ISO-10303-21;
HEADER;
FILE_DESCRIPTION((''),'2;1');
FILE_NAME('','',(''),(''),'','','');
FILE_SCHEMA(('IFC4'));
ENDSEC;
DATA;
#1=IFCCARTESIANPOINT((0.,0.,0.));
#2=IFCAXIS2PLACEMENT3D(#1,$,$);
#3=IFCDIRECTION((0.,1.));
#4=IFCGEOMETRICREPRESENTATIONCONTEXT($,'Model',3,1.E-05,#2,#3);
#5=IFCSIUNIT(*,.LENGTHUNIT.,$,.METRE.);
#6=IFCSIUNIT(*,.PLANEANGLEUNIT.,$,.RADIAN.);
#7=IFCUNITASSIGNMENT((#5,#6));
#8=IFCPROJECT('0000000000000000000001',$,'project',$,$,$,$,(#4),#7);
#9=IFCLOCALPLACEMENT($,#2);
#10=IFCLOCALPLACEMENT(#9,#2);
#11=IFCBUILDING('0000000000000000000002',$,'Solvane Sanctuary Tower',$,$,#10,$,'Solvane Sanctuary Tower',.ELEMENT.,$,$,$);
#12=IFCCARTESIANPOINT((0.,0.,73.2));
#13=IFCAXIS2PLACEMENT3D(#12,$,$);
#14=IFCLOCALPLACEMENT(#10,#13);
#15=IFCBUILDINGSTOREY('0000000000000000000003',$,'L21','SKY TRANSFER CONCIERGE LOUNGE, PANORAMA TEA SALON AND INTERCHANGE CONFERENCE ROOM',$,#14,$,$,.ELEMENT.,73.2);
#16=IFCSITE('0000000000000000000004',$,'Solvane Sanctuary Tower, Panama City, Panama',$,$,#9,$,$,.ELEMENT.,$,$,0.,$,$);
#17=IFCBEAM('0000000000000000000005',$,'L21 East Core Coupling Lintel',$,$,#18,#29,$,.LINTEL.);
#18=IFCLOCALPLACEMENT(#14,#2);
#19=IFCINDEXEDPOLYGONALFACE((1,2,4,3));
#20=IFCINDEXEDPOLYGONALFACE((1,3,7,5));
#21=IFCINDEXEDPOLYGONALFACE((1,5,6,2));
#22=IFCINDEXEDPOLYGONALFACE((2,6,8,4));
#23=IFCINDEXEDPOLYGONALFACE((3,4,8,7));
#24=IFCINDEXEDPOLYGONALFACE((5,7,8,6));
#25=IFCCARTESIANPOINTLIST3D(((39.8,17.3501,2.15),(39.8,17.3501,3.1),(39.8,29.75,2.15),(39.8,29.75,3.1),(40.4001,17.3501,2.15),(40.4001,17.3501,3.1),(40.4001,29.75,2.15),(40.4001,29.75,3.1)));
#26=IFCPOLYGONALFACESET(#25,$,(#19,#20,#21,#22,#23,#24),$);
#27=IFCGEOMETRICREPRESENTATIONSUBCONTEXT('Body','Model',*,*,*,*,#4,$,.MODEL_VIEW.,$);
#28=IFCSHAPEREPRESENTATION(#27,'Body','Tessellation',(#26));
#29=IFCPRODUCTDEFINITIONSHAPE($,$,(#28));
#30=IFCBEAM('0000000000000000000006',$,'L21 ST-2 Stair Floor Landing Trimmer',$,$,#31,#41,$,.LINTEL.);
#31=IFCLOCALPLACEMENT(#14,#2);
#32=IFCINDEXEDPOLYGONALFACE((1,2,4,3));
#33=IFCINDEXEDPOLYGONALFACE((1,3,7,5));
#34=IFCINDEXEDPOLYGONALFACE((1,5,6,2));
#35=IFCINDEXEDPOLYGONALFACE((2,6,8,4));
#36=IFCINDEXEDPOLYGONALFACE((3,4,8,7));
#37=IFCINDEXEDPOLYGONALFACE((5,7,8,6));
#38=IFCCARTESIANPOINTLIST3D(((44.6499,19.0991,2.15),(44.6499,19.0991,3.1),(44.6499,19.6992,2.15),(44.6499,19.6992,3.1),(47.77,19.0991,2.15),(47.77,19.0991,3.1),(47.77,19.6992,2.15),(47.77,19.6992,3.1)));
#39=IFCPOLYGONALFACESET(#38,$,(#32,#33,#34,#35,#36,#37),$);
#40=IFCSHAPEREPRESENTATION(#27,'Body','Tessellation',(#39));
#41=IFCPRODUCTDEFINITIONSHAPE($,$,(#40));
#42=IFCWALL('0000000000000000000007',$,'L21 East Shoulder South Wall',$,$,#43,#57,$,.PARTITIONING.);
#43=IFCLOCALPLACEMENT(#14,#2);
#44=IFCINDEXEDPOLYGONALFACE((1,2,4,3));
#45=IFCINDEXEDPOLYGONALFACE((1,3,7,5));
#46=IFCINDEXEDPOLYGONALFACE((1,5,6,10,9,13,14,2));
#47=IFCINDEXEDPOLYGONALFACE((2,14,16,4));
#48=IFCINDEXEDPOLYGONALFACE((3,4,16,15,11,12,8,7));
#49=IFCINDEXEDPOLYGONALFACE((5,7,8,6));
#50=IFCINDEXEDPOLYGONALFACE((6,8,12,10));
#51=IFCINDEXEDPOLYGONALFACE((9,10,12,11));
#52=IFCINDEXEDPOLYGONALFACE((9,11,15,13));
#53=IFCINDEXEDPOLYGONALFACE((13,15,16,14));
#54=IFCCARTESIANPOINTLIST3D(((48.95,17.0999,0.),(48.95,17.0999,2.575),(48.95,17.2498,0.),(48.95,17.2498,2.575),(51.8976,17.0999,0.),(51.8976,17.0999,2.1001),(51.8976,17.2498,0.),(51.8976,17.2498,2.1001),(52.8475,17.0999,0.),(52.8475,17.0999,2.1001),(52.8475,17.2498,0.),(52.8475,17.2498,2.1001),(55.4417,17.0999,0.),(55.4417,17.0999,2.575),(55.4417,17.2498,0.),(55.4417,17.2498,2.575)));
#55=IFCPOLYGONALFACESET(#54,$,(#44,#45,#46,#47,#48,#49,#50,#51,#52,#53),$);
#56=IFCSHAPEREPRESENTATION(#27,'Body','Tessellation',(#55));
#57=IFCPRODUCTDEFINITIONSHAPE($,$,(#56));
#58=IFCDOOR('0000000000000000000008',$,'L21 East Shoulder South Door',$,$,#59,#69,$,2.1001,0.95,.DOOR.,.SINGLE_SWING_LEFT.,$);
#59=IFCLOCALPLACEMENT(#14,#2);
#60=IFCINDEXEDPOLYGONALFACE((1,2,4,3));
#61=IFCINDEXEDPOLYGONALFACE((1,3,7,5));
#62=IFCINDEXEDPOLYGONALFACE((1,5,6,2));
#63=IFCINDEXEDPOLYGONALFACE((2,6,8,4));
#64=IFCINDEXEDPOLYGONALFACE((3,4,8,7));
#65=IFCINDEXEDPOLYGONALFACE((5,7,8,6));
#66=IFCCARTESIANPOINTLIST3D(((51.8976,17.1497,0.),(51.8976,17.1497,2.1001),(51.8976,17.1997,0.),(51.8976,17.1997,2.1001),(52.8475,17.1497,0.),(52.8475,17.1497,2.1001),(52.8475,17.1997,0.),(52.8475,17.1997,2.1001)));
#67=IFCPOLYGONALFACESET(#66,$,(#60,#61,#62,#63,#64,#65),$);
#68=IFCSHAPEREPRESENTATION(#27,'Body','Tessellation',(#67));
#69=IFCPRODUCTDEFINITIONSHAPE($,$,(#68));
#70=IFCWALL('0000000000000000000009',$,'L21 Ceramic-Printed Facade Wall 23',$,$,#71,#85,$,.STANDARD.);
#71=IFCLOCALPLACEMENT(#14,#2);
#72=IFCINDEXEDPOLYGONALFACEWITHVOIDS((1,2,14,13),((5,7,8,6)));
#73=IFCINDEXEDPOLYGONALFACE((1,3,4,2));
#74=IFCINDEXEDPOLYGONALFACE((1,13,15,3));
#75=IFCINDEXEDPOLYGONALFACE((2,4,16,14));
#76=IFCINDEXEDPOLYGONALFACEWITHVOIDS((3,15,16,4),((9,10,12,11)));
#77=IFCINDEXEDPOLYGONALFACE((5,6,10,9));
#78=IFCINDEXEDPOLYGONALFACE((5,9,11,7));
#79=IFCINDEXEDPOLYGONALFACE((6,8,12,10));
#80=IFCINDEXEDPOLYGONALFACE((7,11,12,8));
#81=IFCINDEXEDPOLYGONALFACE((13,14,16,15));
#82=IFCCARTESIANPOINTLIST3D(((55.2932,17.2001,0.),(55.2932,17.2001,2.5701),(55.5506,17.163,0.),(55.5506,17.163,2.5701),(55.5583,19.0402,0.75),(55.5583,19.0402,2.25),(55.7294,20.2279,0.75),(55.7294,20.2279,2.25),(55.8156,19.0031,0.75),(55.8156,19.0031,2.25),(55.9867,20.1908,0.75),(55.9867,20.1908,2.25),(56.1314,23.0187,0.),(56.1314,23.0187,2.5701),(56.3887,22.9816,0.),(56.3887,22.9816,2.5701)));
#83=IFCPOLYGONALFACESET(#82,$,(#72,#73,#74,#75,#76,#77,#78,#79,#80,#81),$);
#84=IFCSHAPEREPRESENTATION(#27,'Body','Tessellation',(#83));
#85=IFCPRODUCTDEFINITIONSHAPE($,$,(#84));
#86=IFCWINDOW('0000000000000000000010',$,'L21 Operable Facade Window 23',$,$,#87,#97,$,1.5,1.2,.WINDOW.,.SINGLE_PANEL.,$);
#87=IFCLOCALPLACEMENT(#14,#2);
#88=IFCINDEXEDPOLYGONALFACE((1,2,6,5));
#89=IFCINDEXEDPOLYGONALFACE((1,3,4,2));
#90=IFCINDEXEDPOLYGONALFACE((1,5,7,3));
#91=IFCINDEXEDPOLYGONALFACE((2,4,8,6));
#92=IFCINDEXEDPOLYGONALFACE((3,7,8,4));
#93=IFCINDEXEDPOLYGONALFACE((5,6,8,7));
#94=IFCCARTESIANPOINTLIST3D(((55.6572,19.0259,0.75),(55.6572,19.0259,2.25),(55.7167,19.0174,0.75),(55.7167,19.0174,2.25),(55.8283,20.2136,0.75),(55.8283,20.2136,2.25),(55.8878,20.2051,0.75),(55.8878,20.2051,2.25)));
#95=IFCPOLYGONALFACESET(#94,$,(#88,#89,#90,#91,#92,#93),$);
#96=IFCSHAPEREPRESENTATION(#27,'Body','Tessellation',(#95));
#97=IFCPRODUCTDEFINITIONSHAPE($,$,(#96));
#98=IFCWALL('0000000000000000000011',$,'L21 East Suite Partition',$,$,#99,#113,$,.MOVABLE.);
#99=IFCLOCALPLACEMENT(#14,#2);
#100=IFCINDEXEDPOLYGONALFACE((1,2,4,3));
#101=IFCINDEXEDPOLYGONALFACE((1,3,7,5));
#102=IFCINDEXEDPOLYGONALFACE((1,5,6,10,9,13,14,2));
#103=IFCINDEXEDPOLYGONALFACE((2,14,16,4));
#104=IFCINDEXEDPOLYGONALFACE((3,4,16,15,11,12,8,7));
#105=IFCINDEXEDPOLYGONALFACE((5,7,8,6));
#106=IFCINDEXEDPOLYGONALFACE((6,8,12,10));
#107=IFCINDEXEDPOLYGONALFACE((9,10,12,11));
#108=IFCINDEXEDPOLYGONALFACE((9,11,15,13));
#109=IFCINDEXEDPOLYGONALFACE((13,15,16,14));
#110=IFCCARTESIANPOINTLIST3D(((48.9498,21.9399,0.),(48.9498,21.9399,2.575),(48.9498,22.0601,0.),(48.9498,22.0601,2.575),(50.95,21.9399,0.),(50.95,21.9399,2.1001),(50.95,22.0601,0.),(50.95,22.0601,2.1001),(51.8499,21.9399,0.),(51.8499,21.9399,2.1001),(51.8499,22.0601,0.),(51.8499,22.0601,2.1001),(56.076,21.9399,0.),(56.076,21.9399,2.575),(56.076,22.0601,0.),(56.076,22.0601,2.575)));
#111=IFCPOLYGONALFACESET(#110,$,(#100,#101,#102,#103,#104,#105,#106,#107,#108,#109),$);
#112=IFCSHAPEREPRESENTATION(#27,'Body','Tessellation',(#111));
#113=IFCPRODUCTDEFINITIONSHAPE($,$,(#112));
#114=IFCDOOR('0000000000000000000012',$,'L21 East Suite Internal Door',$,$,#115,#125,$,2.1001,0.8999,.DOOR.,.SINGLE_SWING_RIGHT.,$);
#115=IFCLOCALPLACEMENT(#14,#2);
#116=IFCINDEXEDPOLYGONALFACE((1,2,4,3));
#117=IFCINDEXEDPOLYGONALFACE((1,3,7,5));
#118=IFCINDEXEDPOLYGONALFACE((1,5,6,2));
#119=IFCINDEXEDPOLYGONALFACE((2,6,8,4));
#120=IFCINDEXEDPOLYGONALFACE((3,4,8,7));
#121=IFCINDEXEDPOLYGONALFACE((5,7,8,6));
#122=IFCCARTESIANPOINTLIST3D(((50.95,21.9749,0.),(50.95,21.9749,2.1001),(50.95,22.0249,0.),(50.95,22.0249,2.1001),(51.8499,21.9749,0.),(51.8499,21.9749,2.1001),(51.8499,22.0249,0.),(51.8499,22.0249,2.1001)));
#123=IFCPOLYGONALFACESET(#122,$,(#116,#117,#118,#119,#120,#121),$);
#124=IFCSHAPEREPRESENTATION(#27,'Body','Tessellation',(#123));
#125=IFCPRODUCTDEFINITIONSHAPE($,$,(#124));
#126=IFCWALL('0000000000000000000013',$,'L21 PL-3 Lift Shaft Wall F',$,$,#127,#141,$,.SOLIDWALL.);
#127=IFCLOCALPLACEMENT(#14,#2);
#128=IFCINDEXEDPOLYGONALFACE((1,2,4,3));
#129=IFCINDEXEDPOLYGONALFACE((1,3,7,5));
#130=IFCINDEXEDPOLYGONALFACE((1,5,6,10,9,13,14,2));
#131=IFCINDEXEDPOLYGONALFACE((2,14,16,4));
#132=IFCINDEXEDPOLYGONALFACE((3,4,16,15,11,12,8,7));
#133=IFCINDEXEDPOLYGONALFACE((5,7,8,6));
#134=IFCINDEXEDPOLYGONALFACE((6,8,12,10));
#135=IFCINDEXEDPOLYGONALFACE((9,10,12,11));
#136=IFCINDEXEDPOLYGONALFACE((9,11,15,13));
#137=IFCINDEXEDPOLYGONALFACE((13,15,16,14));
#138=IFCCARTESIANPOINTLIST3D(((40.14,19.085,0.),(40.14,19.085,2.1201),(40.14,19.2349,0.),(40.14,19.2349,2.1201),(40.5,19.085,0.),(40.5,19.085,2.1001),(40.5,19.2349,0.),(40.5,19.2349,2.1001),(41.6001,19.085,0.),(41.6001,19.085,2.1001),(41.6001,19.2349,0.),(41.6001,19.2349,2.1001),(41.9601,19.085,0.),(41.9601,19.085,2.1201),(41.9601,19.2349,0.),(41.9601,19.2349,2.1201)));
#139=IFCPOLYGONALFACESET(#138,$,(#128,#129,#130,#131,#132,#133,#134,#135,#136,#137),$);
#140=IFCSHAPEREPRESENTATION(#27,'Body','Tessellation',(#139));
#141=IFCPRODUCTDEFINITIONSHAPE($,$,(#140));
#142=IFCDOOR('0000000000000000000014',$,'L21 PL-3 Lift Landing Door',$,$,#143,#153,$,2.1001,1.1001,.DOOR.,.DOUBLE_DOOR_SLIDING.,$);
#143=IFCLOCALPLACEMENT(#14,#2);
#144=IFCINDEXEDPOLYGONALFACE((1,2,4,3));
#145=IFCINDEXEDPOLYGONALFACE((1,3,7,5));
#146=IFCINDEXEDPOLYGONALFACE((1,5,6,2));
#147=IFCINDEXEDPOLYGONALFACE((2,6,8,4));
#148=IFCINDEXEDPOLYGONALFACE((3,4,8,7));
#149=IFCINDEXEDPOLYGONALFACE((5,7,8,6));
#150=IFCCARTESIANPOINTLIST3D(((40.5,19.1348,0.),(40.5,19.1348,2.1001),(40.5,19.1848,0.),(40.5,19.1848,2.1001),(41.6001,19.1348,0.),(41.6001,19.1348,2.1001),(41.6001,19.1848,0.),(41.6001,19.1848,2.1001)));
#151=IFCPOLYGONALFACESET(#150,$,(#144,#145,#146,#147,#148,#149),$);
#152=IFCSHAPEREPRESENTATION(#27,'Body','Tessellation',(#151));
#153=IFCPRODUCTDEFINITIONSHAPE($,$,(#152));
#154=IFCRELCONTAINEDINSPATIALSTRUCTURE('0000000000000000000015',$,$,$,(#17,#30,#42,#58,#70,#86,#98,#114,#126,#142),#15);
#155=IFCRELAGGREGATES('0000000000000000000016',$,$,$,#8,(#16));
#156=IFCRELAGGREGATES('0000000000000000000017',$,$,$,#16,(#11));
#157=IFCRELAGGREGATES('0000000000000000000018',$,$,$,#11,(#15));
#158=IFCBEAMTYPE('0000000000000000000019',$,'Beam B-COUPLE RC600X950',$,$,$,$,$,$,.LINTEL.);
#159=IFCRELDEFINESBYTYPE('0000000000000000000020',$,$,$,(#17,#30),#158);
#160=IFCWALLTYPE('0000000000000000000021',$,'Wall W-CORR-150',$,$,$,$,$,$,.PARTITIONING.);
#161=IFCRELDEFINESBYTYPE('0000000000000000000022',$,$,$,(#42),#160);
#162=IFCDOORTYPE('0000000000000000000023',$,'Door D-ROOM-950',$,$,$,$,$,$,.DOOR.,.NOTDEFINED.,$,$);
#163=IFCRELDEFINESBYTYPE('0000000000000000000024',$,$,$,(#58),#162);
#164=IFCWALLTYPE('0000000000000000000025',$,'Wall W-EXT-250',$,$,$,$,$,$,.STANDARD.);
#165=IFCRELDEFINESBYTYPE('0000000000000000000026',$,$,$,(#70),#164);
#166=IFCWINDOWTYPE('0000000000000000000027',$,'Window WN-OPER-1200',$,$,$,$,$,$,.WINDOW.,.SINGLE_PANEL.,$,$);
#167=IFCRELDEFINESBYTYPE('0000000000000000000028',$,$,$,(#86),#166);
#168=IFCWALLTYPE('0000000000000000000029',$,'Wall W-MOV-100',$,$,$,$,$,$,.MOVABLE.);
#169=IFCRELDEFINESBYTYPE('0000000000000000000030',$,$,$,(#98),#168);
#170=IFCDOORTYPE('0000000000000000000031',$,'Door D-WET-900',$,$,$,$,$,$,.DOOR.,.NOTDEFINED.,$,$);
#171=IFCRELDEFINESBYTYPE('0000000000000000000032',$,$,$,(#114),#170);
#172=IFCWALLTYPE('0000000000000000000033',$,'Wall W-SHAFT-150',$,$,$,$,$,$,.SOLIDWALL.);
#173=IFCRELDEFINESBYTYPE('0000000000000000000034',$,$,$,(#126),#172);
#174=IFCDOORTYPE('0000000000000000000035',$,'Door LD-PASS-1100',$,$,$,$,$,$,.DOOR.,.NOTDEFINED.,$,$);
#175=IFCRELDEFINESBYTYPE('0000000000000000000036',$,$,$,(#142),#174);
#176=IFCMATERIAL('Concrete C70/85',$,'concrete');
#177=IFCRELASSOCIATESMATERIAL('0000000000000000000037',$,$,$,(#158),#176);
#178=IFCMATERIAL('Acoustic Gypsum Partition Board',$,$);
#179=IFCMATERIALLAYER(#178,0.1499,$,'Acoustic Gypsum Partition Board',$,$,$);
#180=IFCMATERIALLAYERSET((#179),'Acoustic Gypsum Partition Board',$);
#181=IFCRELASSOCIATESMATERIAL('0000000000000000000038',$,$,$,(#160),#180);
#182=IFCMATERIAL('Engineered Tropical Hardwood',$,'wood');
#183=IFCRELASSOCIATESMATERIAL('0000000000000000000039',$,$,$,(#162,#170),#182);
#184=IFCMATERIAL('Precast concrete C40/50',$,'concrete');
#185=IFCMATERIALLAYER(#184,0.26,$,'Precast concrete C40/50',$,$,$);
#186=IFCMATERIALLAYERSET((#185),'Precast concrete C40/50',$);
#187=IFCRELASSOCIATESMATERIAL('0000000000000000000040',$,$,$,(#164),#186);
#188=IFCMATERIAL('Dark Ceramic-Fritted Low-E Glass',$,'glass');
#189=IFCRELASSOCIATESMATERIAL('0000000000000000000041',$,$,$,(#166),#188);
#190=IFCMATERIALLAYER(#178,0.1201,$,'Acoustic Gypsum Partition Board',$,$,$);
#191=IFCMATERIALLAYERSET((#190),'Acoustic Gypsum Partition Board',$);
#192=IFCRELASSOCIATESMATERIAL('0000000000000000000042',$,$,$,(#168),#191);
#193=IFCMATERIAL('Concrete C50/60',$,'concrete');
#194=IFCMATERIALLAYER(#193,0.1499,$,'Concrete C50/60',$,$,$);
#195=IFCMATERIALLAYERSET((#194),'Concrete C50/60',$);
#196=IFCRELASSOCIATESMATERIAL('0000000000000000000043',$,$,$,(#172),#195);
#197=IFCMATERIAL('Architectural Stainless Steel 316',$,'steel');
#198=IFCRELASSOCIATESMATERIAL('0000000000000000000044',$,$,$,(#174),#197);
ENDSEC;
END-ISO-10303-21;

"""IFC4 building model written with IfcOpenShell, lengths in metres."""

from ifc_helpers import new_model, si_unit, direction, frame, frame_2d, origin, origin_2d, place, context, subcontext, project, spatial, rectangle, extrude, material, layer, layer_set, material_profile, profile_set, type_object, element, fill, save


model = new_model("IFC4")

# Units and contexts
model_context = context("Model", 3, precision=1e-05, world=origin(), true_north=direction((0.0, 1.0)))
body_context = subcontext(model_context, "Body", "Model", "MODEL_VIEW")
ifc_project = project(units=[si_unit("LENGTHUNIT", "METRE"), si_unit("PLANEANGLEUNIT", "RADIAN")], contexts=[model_context])

# Site, building, storey
site_placement = place(None, origin())
site = spatial("IfcSite", under=ifc_project, at=site_placement, Name="Solvane Sanctuary Tower, Panama City, Panama", CompositionType="ELEMENT", RefElevation=0.0)
building_placement = place(site_placement, origin())
building = spatial("IfcBuilding", under=site, at=building_placement, Name="Solvane Sanctuary Tower", LongName="Solvane Sanctuary Tower", CompositionType="ELEMENT")
storey_placement = place(building_placement, frame((0.0, 0.0, 73.2)))
storey = spatial("IfcBuildingStorey", under=building, at=storey_placement, Name="L21", Description="SKY TRANSFER CONCIERGE LOUNGE, PANORAMA TEA SALON AND INTERCHANGE CONFERENCE ROOM", CompositionType="ELEMENT", Elevation=73.2)

# Beams
ifc_material_1 = material(Name="Concrete C70/85", Category="concrete")
ifc_material_profile = material_profile(ifc_material_1, rectangle(XDim=0.6001, YDim=0.95, at=origin_2d()), Name="RC600X950")
ifc_profile_set = profile_set([ifc_material_profile], Name="Concrete C70/85")
beam_type = type_object("IfcBeamType", Name="Beam B-COUPLE RC600X950", PredefinedType="LINTEL", material=ifc_profile_set)
beam_1_placement = place(storey_placement, frame((40.1001, 17.3501, 2.625), z_axis=(0.0, 1.0, 0.0), x_axis=(-1.0, 0.0, 0.0)))
element("IfcBeam", 1, at=beam_1_placement, inside=storey, type_object=beam_type, Name="L21 East Core Coupling Lintel", PredefinedType="LINTEL", context=body_context, shape_type="SweptSolid", body=[
    extrude(rectangle(XDim=0.6001, YDim=0.95, at=origin_2d()), origin(), (0.0, 0.0, 1.0), 12.3999),
])
beam_2_placement = place(storey_placement, frame((44.6499, 19.3992, 2.625), z_axis=(1.0, 0.0, 0.0), x_axis=(0.0, 1.0, 0.0)))
element("IfcBeam", 2, at=beam_2_placement, inside=storey, type_object=beam_type, Name="L21 ST-2 Stair Floor Landing Trimmer", PredefinedType="LINTEL", context=body_context, shape_type="SweptSolid", body=[
    extrude(rectangle(XDim=0.6001, YDim=0.95, at=origin_2d()), origin(), (0.0, 0.0, 1.0), 3.1201),
])

# Wall, opening, door
ifc_material_2 = material(Name="Acoustic Gypsum Partition Board")
ifc_layer_1 = layer(ifc_material_2, 0.1499, Name="Acoustic Gypsum Partition Board")
ifc_layer_set_1 = layer_set([ifc_layer_1], Name="Acoustic Gypsum Partition Board")
wall_type_1 = type_object("IfcWallType", Name="Wall W-CORR-150", PredefinedType="PARTITIONING", material=ifc_layer_set_1)
wall_1_placement = place(storey_placement, frame((48.95, 17.1748, 0.0), z_axis=(0.0, 0.0, 1.0), x_axis=(1.0, 0.0, 0.0)))
wall_1 = element("IfcWall", 3, at=wall_1_placement, inside=storey, type_object=wall_type_1, Name="L21 East Shoulder South Wall", PredefinedType="PARTITIONING", context=body_context, shape_type="SweptSolid", body=[
    extrude(rectangle(XDim=6.4917, YDim=0.1499, at=frame_2d((3.2458, 0.0))), origin(), (0.0, 0.0, 1.0), 2.575),
])
opening_1_placement = place(wall_1_placement, frame((2.9475, 0.0, 0.0)))
opening_1 = element("IfcOpeningElement", 4, at=opening_1_placement, cuts=wall_1, PredefinedType="OPENING", context=body_context, shape_type="SweptSolid", body=[
    extrude(rectangle(XDim=0.95, YDim=2.1001, at=frame_2d((0.4751, 1.05))), frame((0.0, 0.085, 0.0), z_axis=(0.0, -1.0, 0.0), x_axis=(1.0, 0.0, 0.0)), (0.0, 0.0, 1.0), 0.1699),
])
ifc_material_3 = material(Name="Engineered Tropical Hardwood", Category="wood")
door_type_1 = type_object("IfcDoorType", Name="Door D-ROOM-950", OperationType="NOTDEFINED", PredefinedType="DOOR", material=ifc_material_3)
door_1_placement = place(opening_1_placement, origin())
door_1 = element("IfcDoor", 5, at=door_1_placement, inside=storey, type_object=door_type_1, Name="L21 East Shoulder South Door", OperationType="SINGLE_SWING_LEFT", OverallHeight=2.1001, OverallWidth=0.95, PredefinedType="DOOR", context=body_context, shape_type="SweptSolid", body=[
    extrude(rectangle(XDim=0.95, YDim=2.1001, at=frame_2d((0.4751, 1.05))), frame((0.0, 0.0249, 0.0), z_axis=(0.0, -1.0, 0.0), x_axis=(1.0, 0.0, 0.0)), (0.0, 0.0, 1.0), 0.05),
])
fill(opening_1, door_1)

# Wall, opening, window
ifc_material_4 = material(Name="Precast concrete C40/50", Category="concrete")
ifc_layer_2 = layer(ifc_material_4, 0.26, Name="Precast concrete C40/50")
ifc_layer_set_2 = layer_set([ifc_layer_2], Name="Precast concrete C40/50")
wall_type_2 = type_object("IfcWallType", Name="Wall W-EXT-250", PredefinedType="STANDARD", material=ifc_layer_set_2)
wall_2_placement = place(storey_placement, frame((55.4219, 17.1814, 0.0), z_axis=(0.0, 0.0, 1.0), x_axis=(0.142572, 0.989784, 0.0)))
wall_2 = element("IfcWall", 6, at=wall_2_placement, inside=storey, type_object=wall_type_2, Name="L21 Ceramic-Printed Facade Wall 23", PredefinedType="STANDARD", context=body_context, shape_type="SweptSolid", body=[
    extrude(rectangle(XDim=5.8787, YDim=0.26, at=frame_2d((2.9395, 0.0))), origin(), (0.0, 0.0, 1.0), 2.5701),
])
opening_2_placement = place(wall_2_placement, frame((1.8591, 0.0, 0.75)))
opening_2 = element("IfcOpeningElement", 7, at=opening_2_placement, cuts=wall_2, PredefinedType="OPENING", context=body_context, shape_type="SweptSolid", body=[
    extrude(rectangle(XDim=1.2, YDim=1.5, at=frame_2d((0.6001, 0.75))), frame((0.0, 0.1399, 0.0), z_axis=(0.0, -1.0, 0.0), x_axis=(1.0, 0.0, 0.0)), (0.0, 0.0, 1.0), 0.28),
])
ifc_material_5 = material(Name="Dark Ceramic-Fritted Low-E Glass", Category="glass")
window_type = type_object("IfcWindowType", Name="Window WN-OPER-1200", PartitioningType="SINGLE_PANEL", PredefinedType="WINDOW", material=ifc_material_5)
window_placement = place(opening_2_placement, origin())
window = element("IfcWindow", 8, at=window_placement, inside=storey, type_object=window_type, Name="L21 Operable Facade Window 23", OverallHeight=1.5, OverallWidth=1.2, PartitioningType="SINGLE_PANEL", PredefinedType="WINDOW", context=body_context, shape_type="SweptSolid", body=[
    extrude(rectangle(XDim=1.2, YDim=1.5, at=frame_2d((0.6001, 0.75))), frame((0.0, 0.03, 0.0), z_axis=(0.0, -1.0, 0.0), x_axis=(1.0, 0.0, 0.0)), (0.0, 0.0, 1.0), 0.0601),
])
fill(opening_2, window)

# Walls, openings, doors
ifc_layer_3 = layer(ifc_material_2, 0.1201, Name="Acoustic Gypsum Partition Board")
ifc_layer_set_3 = layer_set([ifc_layer_3], Name="Acoustic Gypsum Partition Board")
wall_type_3 = type_object("IfcWallType", Name="Wall W-MOV-100", PredefinedType="MOVABLE", material=ifc_layer_set_3)
wall_3_placement = place(storey_placement, frame((48.95, 22.0, 0.0), z_axis=(0.0, 0.0, 1.0), x_axis=(1.0, 0.0, 0.0)))
wall_3 = element("IfcWall", 9, at=wall_3_placement, inside=storey, type_object=wall_type_3, Name="L21 East Suite Partition", PredefinedType="MOVABLE", context=body_context, shape_type="SweptSolid", body=[
    extrude(rectangle(XDim=7.1262, YDim=0.1201, at=frame_2d((3.563, 0.0))), origin(), (0.0, 0.0, 1.0), 2.575),
])
opening_3_placement = place(wall_3_placement, frame((2.0, 0.0, 0.0)))
opening_3 = element("IfcOpeningElement", 10, at=opening_3_placement, cuts=wall_3, PredefinedType="OPENING", context=body_context, shape_type="SweptSolid", body=[
    extrude(rectangle(XDim=0.8999, YDim=2.1001, at=frame_2d((0.45, 1.05))), frame((0.0, 0.0701, 0.0), z_axis=(0.0, -1.0, 0.0), x_axis=(1.0, 0.0, 0.0)), (0.0, 0.0, 1.0), 0.1401),
])
door_type_2 = type_object("IfcDoorType", Name="Door D-WET-900", OperationType="NOTDEFINED", PredefinedType="DOOR", material=ifc_material_3)
door_2_placement = place(opening_3_placement, origin())
door_2 = element("IfcDoor", 11, at=door_2_placement, inside=storey, type_object=door_type_2, Name="L21 East Suite Internal Door", OperationType="SINGLE_SWING_RIGHT", OverallHeight=2.1001, OverallWidth=0.8999, PredefinedType="DOOR", context=body_context, shape_type="SweptSolid", body=[
    extrude(rectangle(XDim=0.8999, YDim=2.1001, at=frame_2d((0.45, 1.05))), frame((0.0, 0.0249, 0.0), z_axis=(0.0, -1.0, 0.0), x_axis=(1.0, 0.0, 0.0)), (0.0, 0.0, 1.0), 0.05),
])
fill(opening_3, door_2)
ifc_material_6 = material(Name="Concrete C50/60", Category="concrete")
ifc_layer_4 = layer(ifc_material_6, 0.1499, Name="Concrete C50/60")
ifc_layer_set_4 = layer_set([ifc_layer_4], Name="Concrete C50/60")
wall_type_4 = type_object("IfcWallType", Name="Wall W-SHAFT-150", PredefinedType="SOLIDWALL", material=ifc_layer_set_4)
wall_4_placement = place(storey_placement, frame((40.1399, 19.1599, 0.0), z_axis=(0.0, 0.0, 1.0), x_axis=(1.0, 0.0, 0.0)))
wall_4 = element("IfcWall", 12, at=wall_4_placement, inside=storey, type_object=wall_type_4, Name="L21 PL-3 Lift Shaft Wall F", PredefinedType="SOLIDWALL", context=body_context, shape_type="SweptSolid", body=[
    extrude(rectangle(XDim=1.8201, YDim=0.1499, at=frame_2d((0.9102, 0.0))), origin(), (0.0, 0.0, 1.0), 2.1201),
])
opening_4_placement = place(wall_4_placement, frame((0.3601, 0.0, 0.0)))
opening_4 = element("IfcOpeningElement", 13, at=opening_4_placement, cuts=wall_4, PredefinedType="OPENING", context=body_context, shape_type="SweptSolid", body=[
    extrude(rectangle(XDim=1.1001, YDim=2.1001, at=frame_2d((0.55, 1.05))), frame((0.0, 0.085, 0.0), z_axis=(0.0, -1.0, 0.0), x_axis=(1.0, 0.0, 0.0)), (0.0, 0.0, 1.0), 0.1699),
])
ifc_material_7 = material(Name="Architectural Stainless Steel 316", Category="steel")
door_type_3 = type_object("IfcDoorType", Name="Door LD-PASS-1100", OperationType="NOTDEFINED", PredefinedType="DOOR", material=ifc_material_7)
door_3_placement = place(opening_4_placement, origin())
door_3 = element("IfcDoor", 14, at=door_3_placement, inside=storey, type_object=door_type_3, Name="L21 PL-3 Lift Landing Door", OperationType="DOUBLE_DOOR_SLIDING", OverallHeight=2.1001, OverallWidth=1.1001, PredefinedType="DOOR", context=body_context, shape_type="SweptSolid", body=[
    extrude(rectangle(XDim=1.1001, YDim=2.1001, at=frame_2d((0.55, 1.05))), frame((0.0, 0.0249, 0.0), z_axis=(0.0, -1.0, 0.0), x_axis=(1.0, 0.0, 0.0)), (0.0, 0.0, 1.0), 0.05),
])
fill(opening_4, door_3)

save(model, "model.ifc")
